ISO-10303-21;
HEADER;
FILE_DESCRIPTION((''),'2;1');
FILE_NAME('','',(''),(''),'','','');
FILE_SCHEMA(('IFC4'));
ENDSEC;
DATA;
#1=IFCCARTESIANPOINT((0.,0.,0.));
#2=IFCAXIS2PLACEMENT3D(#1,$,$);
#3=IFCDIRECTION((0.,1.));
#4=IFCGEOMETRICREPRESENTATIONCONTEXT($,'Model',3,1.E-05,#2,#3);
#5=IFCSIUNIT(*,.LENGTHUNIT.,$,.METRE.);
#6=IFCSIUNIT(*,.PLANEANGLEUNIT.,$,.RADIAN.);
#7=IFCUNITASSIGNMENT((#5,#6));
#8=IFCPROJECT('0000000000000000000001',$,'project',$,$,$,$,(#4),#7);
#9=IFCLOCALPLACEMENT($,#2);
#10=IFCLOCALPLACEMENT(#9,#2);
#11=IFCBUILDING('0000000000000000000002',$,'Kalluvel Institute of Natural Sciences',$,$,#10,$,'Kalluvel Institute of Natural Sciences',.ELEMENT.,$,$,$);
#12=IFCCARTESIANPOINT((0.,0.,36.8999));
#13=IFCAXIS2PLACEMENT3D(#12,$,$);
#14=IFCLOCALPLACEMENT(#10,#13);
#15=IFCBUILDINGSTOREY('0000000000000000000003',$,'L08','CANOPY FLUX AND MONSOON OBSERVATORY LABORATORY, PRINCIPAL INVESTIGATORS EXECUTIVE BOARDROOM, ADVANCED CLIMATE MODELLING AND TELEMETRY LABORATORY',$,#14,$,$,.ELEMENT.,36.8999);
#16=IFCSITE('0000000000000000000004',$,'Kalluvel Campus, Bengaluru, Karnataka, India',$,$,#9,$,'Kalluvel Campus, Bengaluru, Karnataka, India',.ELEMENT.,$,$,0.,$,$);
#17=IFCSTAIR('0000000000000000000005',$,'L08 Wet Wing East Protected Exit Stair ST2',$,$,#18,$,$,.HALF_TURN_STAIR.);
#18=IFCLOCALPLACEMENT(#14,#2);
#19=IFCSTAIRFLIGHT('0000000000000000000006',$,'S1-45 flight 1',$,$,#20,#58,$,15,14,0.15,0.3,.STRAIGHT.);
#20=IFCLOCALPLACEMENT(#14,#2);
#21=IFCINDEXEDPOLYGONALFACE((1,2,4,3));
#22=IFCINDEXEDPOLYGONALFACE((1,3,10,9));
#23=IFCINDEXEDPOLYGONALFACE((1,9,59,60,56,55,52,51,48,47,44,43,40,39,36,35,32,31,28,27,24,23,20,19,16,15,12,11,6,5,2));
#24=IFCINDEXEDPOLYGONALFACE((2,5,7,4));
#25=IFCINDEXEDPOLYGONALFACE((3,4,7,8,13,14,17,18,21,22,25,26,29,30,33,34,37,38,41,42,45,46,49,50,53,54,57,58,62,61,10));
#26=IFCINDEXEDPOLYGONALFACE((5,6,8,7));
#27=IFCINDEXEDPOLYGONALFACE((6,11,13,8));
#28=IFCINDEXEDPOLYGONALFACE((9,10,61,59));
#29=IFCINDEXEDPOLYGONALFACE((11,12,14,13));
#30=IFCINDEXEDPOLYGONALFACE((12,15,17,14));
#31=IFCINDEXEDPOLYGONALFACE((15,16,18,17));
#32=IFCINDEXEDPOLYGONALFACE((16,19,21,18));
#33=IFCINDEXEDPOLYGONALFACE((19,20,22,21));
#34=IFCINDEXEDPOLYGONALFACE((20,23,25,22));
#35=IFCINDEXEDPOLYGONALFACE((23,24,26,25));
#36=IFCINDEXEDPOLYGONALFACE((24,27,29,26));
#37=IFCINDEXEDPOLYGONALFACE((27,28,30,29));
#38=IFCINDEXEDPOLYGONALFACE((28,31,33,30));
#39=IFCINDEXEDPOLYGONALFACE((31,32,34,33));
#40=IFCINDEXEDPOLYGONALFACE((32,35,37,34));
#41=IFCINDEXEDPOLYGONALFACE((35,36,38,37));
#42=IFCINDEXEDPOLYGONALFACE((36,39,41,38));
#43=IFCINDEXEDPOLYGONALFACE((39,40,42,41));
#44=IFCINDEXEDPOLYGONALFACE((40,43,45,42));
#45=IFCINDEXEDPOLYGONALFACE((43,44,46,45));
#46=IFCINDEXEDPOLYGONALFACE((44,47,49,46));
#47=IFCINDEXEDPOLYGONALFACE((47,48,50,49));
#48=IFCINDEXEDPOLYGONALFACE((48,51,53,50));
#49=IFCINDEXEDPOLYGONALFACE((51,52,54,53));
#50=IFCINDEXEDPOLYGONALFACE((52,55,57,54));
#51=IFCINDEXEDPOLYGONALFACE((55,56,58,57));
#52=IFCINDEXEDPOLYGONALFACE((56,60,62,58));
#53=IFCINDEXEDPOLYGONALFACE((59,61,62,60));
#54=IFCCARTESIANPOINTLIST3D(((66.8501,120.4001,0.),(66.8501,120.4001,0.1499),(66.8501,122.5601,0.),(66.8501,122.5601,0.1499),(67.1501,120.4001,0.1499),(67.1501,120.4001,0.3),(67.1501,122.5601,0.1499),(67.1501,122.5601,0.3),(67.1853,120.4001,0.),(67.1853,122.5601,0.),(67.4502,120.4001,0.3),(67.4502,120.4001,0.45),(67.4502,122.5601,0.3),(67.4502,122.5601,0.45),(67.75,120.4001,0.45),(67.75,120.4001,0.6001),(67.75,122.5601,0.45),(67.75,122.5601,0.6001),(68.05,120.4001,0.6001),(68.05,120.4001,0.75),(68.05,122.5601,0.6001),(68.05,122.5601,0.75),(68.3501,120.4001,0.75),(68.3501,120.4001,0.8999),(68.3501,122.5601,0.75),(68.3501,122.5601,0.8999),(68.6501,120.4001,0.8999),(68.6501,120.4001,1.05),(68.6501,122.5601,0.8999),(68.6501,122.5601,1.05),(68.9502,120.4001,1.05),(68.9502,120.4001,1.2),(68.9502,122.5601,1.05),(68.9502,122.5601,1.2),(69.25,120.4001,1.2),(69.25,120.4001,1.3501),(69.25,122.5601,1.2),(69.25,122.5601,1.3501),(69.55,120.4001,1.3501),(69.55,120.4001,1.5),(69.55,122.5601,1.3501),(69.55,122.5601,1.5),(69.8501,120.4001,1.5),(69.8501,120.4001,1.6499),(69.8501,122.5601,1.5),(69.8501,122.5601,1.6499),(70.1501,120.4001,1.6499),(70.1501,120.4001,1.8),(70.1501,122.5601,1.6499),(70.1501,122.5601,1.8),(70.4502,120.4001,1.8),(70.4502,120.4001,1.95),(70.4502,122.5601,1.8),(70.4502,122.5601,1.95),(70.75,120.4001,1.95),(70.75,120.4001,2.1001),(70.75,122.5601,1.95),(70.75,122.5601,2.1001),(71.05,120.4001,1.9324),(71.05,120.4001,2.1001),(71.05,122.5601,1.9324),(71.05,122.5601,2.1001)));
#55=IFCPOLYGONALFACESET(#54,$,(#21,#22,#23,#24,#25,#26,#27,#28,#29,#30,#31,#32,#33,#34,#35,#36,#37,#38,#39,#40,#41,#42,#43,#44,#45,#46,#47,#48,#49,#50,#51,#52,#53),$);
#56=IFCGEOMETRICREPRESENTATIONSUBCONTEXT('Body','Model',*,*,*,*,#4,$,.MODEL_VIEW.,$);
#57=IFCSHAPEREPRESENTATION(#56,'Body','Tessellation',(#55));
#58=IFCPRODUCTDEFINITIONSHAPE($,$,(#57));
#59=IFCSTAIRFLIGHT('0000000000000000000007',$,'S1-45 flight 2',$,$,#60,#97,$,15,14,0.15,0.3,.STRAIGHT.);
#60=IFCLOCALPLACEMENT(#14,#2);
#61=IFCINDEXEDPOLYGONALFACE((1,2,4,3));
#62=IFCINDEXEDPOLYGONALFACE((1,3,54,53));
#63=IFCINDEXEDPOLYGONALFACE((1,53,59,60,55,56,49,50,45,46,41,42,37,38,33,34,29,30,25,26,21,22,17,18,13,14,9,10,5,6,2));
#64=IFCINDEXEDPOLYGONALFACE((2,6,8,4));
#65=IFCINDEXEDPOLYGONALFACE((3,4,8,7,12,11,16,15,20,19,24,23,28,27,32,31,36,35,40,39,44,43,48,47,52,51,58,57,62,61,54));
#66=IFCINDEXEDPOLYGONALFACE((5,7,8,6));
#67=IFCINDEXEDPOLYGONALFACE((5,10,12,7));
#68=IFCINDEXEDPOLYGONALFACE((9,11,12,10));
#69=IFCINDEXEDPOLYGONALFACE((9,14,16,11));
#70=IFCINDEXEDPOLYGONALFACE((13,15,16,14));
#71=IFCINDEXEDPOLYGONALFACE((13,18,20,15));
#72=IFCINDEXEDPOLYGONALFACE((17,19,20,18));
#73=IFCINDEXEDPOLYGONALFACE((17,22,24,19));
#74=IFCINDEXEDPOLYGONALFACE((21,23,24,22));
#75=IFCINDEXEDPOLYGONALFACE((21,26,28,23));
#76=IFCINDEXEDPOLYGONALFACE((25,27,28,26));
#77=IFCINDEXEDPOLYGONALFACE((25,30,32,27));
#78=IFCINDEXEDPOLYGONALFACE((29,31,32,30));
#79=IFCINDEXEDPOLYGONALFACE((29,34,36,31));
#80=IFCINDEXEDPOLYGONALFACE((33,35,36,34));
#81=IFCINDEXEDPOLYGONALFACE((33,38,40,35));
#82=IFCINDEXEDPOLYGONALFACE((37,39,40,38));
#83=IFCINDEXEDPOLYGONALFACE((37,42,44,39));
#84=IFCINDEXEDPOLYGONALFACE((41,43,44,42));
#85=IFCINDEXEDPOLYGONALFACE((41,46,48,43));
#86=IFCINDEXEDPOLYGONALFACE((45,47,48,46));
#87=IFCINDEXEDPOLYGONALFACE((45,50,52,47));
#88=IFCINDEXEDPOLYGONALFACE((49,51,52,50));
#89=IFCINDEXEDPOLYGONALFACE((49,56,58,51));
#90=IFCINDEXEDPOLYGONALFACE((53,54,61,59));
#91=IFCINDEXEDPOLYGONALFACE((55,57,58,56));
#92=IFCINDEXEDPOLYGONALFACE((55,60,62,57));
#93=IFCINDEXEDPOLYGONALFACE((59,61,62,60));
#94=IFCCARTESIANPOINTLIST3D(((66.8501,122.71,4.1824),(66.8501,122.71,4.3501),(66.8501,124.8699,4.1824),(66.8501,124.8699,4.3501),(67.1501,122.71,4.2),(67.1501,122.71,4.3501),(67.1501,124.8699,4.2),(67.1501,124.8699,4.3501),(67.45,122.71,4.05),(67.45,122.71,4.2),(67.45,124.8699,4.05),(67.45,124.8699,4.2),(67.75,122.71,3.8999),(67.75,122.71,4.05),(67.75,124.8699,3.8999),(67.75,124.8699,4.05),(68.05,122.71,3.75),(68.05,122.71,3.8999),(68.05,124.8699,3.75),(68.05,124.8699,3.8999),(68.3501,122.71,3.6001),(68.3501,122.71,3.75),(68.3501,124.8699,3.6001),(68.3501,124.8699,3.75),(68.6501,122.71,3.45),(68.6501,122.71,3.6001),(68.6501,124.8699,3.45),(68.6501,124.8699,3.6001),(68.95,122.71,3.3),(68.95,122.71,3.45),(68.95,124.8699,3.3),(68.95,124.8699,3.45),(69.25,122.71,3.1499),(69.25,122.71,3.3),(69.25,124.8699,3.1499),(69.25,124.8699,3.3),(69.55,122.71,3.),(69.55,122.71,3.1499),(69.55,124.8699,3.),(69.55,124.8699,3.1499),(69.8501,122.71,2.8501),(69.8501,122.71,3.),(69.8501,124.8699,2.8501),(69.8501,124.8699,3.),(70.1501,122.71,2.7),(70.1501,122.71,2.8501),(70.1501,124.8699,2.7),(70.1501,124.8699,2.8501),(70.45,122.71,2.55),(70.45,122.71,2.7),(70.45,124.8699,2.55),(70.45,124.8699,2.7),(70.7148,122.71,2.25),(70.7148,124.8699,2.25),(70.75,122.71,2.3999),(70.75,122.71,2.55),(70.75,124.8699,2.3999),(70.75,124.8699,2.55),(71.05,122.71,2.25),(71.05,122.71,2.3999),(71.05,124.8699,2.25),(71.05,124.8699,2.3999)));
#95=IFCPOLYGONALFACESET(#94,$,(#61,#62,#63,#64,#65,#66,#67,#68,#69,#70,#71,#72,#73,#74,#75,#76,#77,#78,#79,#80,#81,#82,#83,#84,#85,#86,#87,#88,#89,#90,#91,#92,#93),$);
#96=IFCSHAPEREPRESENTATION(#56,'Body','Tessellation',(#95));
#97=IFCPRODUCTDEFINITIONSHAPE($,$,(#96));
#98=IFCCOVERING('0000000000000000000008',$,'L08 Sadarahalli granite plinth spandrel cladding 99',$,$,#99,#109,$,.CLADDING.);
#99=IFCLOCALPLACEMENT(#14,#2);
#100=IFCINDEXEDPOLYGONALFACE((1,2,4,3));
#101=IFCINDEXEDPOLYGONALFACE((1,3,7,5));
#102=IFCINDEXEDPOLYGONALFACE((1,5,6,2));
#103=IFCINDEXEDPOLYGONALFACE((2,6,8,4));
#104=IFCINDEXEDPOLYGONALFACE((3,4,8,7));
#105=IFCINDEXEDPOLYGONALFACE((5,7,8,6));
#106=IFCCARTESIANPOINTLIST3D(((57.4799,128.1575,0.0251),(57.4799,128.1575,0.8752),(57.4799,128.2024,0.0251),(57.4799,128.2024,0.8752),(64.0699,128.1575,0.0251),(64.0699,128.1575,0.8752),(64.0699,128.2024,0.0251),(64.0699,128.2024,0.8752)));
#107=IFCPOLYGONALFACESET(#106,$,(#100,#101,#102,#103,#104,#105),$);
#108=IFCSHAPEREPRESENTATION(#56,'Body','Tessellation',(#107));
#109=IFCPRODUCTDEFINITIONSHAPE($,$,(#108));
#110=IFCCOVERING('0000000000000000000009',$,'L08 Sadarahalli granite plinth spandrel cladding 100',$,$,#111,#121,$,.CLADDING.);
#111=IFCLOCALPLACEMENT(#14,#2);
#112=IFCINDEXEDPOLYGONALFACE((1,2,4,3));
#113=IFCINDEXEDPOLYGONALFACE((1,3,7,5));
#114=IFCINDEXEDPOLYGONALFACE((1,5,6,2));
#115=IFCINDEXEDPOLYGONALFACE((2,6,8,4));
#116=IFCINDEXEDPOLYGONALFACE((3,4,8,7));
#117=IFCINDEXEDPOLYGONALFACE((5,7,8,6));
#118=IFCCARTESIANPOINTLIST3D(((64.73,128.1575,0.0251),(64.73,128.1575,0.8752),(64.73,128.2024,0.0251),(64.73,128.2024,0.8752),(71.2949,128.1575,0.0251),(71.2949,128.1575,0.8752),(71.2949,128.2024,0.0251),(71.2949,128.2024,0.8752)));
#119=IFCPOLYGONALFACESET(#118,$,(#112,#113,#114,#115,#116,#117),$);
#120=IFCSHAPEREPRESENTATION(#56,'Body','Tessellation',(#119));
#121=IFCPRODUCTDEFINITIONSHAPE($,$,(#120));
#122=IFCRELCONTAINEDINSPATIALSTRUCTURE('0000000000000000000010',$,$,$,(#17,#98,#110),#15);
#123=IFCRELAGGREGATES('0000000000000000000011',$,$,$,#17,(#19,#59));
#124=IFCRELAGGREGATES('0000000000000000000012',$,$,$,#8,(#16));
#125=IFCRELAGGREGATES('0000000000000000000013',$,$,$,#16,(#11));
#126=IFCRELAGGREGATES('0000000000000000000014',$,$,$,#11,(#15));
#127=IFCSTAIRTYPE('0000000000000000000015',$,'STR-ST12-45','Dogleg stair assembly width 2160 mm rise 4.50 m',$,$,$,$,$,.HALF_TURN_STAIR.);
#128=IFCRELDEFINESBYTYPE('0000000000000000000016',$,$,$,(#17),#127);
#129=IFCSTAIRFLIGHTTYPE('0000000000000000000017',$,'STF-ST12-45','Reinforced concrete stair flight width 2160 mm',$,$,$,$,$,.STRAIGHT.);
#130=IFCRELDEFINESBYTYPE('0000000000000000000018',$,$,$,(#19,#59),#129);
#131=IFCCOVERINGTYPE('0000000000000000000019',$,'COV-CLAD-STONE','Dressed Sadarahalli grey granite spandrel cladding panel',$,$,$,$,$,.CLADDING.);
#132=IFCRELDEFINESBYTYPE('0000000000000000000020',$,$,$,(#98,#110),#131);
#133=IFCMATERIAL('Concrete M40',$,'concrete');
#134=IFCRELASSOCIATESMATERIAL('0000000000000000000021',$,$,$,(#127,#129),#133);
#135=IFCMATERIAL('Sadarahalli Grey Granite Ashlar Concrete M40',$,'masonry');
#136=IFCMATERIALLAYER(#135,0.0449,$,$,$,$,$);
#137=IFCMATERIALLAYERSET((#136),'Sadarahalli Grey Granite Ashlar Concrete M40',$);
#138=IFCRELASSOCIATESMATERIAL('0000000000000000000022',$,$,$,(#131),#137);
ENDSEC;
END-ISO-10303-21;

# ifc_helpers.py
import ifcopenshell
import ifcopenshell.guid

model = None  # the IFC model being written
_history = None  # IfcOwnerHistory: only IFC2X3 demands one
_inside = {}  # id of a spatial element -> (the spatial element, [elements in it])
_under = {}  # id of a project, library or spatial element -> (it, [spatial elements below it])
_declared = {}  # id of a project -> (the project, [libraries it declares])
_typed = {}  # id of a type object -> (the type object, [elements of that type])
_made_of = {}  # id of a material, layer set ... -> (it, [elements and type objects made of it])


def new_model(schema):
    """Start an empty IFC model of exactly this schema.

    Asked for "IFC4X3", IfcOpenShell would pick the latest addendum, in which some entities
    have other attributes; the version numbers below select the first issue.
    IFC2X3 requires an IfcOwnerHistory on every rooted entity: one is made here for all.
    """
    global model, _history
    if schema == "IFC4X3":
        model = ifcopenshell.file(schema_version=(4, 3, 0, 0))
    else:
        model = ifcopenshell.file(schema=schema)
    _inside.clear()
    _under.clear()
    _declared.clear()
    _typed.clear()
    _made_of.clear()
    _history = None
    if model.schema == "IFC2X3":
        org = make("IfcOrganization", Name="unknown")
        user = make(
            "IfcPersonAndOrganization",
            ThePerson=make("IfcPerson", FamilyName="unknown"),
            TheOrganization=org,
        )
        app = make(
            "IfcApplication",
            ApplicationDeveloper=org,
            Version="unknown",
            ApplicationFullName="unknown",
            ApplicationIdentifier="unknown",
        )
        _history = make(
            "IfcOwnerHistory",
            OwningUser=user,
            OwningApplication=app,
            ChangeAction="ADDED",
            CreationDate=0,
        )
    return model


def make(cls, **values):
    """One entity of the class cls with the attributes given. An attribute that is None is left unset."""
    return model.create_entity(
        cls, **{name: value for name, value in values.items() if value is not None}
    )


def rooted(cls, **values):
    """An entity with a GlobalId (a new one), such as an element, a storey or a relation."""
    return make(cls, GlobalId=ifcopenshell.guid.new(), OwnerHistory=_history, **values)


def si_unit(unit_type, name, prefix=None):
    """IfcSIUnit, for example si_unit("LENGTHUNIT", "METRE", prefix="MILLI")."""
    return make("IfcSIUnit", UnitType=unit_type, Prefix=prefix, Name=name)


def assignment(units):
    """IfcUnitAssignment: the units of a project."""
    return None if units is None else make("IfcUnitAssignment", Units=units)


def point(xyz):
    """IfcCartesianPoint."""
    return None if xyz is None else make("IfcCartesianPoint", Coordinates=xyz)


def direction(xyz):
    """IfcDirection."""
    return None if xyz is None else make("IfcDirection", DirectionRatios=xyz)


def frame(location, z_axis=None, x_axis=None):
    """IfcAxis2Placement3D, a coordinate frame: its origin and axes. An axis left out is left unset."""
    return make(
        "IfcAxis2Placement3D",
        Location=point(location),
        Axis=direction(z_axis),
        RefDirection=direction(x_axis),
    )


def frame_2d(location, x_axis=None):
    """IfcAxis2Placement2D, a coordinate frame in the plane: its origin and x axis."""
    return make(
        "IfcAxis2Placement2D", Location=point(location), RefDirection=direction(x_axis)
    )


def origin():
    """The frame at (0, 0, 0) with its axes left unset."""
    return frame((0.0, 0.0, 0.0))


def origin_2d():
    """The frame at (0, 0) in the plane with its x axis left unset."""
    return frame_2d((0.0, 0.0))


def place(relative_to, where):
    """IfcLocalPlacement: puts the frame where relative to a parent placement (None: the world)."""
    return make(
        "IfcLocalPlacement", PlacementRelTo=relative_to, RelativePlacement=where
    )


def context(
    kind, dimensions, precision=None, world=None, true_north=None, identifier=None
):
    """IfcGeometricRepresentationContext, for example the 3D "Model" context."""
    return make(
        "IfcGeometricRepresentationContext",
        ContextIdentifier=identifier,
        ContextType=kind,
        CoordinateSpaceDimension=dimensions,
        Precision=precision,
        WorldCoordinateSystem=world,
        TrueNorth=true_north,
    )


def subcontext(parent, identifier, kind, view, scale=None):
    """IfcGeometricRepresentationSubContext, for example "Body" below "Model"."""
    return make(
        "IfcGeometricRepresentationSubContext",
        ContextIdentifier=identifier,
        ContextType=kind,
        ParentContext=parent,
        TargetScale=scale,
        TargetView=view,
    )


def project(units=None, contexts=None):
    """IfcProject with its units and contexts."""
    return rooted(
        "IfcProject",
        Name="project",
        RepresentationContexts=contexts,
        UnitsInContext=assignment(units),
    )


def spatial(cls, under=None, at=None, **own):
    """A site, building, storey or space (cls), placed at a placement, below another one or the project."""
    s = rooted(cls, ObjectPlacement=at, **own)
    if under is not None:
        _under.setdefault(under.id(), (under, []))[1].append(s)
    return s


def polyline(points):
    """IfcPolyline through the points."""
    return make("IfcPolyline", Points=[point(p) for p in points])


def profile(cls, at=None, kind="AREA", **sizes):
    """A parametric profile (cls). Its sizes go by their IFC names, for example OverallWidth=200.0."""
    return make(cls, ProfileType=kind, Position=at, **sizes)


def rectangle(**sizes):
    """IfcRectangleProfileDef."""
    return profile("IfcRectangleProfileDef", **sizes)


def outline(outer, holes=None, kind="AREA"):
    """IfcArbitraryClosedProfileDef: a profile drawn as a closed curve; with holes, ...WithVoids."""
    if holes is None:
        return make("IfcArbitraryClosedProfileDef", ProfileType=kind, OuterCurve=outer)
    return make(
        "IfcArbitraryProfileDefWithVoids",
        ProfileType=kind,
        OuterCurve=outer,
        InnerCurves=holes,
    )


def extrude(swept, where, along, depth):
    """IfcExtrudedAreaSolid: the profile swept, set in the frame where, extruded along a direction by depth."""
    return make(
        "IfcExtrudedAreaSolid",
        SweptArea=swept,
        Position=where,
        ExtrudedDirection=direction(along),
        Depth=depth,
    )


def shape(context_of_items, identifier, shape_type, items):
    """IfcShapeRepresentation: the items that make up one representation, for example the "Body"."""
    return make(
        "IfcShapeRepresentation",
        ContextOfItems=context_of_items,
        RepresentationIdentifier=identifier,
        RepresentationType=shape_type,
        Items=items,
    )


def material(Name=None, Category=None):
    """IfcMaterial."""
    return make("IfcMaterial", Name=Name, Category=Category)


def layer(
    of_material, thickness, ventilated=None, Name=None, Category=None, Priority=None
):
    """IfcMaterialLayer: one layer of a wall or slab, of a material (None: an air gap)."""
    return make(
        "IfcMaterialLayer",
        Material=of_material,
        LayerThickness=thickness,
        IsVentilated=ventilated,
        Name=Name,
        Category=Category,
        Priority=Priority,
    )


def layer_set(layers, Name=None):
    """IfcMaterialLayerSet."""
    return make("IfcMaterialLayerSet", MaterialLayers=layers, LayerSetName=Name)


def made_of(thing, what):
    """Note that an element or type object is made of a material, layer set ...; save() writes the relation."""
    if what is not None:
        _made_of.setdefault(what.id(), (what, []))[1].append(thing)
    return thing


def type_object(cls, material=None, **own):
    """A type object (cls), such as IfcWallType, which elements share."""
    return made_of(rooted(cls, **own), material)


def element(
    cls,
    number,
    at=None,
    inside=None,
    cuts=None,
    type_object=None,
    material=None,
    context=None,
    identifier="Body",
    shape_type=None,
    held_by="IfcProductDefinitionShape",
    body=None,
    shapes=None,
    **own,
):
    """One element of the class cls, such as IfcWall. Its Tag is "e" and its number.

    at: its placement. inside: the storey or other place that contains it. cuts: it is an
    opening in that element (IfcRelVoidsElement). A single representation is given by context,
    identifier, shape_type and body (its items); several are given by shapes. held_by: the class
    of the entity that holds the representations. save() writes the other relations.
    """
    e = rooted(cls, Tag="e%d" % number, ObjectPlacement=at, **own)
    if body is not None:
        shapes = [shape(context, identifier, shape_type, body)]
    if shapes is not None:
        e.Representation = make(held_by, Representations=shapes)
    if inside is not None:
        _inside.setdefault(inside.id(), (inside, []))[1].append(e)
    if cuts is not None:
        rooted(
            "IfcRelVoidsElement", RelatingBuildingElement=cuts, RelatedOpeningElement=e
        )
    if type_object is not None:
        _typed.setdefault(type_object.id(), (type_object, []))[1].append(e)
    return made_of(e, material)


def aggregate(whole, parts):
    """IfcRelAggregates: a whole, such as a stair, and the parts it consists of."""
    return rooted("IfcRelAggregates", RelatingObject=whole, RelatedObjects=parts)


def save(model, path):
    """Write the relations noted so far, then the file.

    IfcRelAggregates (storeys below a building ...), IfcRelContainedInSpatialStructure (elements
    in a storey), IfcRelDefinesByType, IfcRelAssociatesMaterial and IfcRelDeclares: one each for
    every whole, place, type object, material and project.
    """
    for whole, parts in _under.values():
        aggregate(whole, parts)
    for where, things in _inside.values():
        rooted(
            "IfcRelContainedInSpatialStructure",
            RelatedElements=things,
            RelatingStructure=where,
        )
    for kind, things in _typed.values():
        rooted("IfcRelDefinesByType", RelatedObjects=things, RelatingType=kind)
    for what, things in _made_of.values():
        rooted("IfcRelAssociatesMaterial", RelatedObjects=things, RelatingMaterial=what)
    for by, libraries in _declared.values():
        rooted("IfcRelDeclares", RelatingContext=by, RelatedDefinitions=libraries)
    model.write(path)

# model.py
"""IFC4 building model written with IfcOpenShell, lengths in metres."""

from ifc_helpers import new_model, si_unit, direction, frame, origin, origin_2d, place, context, subcontext, project, spatial, polyline, rectangle, outline, extrude, material, layer, layer_set, type_object, element, aggregate, save


model = new_model("IFC4")

# Units and contexts
model_context = context("Model", 3, precision=1e-05, world=origin(), true_north=direction((0.0, 1.0)))
body_context = subcontext(model_context, "Body", "Model", "MODEL_VIEW")
ifc_project = project(units=[si_unit("LENGTHUNIT", "METRE"), si_unit("PLANEANGLEUNIT", "RADIAN")], contexts=[model_context])

# Site, building, storey
site_placement = place(None, origin())
site = spatial("IfcSite", under=ifc_project, at=site_placement, Name="Kalluvel Campus, Bengaluru, Karnataka, India", LongName="Kalluvel Campus, Bengaluru, Karnataka, India", CompositionType="ELEMENT", RefElevation=0.0)
building_placement = place(site_placement, origin())
building = spatial("IfcBuilding", under=site, at=building_placement, Name="Kalluvel Institute of Natural Sciences", LongName="Kalluvel Institute of Natural Sciences", CompositionType="ELEMENT")
storey_placement = place(building_placement, frame((0.0, 0.0, 36.8999)))
storey = spatial("IfcBuildingStorey", under=building, at=storey_placement, Name="L08", Description="CANOPY FLUX AND MONSOON OBSERVATORY LABORATORY, PRINCIPAL INVESTIGATORS EXECUTIVE BOARDROOM, ADVANCED CLIMATE MODELLING AND TELEMETRY LABORATORY", CompositionType="ELEMENT", Elevation=36.8999)

# Shared definitions
ifc_material_1 = material(Name="Concrete M40", Category="concrete")

# Shared definitions
ifc_material_2 = material(Name="Sadarahalli Grey Granite Ashlar Concrete M40", Category="masonry")

# Stair, stair flights
stair_type = type_object("IfcStairType", Name="STR-ST12-45", Description="Dogleg stair assembly width 2160 mm rise 4.50 m", PredefinedType="HALF_TURN_STAIR", material=ifc_material_1)
stair_placement = place(storey_placement, origin())
stair = element("IfcStair", 1, at=stair_placement, inside=storey, type_object=stair_type, Name="L08 Wet Wing East Protected Exit Stair ST2", PredefinedType="HALF_TURN_STAIR")
stair_flight_type = type_object("IfcStairFlightType", Name="STF-ST12-45", Description="Reinforced concrete stair flight width 2160 mm", PredefinedType="STRAIGHT", material=ifc_material_1)
stair_flight_1_placement = place(storey_placement, frame((66.8501, 121.48, 0.0), z_axis=(0.0, 0.0, 1.0), x_axis=(1.0, 0.0, 0.0)))
stair_flight_1 = element("IfcStairFlight", 2, at=stair_flight_1_placement, type_object=stair_flight_type, Name="S1-45 flight 1", NumberOfRisers=15, NumberOfTreads=14, PredefinedType="STRAIGHT", RiserHeight=0.15, TreadLength=0.3, context=body_context, shape_type="SweptSolid", body=[
    extrude(outline(polyline([(0.0, 0.0), (0.0, 0.1499), (0.3, 0.1499), (0.3, 0.3), (0.6001, 0.3), (0.6001, 0.45), (0.8999, 0.45), (0.8999, 0.6001), (1.2, 0.6001), (1.2, 0.75), (1.5, 0.75), (1.5, 0.8999), (1.8, 0.8999), (1.8, 1.05), (2.1001, 1.05), (2.1001, 1.2), (2.3999, 1.2), (2.3999, 1.3501), (2.7, 1.3501), (2.7, 1.5), (3.0, 1.5), (3.0, 1.6499), (3.3, 1.6499), (3.3, 1.8), (3.6001, 1.8), (3.6001, 1.95), (3.8999, 1.95), (3.8999, 2.1001), (4.2, 2.1001), (4.2, 2.25), (4.2, 1.9324), (0.3352, 0.0), (0.0, 0.0)])), frame((0.0, 1.0801, 0.0), z_axis=(0.0, -1.0, 0.0), x_axis=(1.0, 0.0, 0.0)), (0.0, 0.0, 1.0), 2.1599),
])
stair_flight_2_placement = place(storey_placement, frame((71.05, 123.79, 2.25), z_axis=(0.0, 0.0, 1.0), x_axis=(-1.0, 0.0, 0.0)))
stair_flight_2 = element("IfcStairFlight", 3, at=stair_flight_2_placement, type_object=stair_flight_type, Name="S1-45 flight 2", NumberOfRisers=15, NumberOfTreads=14, PredefinedType="STRAIGHT", RiserHeight=0.15, TreadLength=0.3, context=body_context, shape_type="SweptSolid", body=[
    extrude(outline(polyline([(0.0, 0.0), (0.0, 0.1499), (0.3, 0.1499), (0.3, 0.3), (0.6001, 0.3), (0.6001, 0.45), (0.8999, 0.45), (0.8999, 0.6001), (1.2, 0.6001), (1.2, 0.75), (1.5, 0.75), (1.5, 0.8999), (1.8, 0.8999), (1.8, 1.05), (2.1001, 1.05), (2.1001, 1.2), (2.3999, 1.2), (2.3999, 1.3501), (2.7, 1.3501), (2.7, 1.5), (3.0, 1.5), (3.0, 1.6499), (3.3, 1.6499), (3.3, 1.8), (3.6001, 1.8), (3.6001, 1.95), (3.8999, 1.95), (3.8999, 2.1001), (4.2, 2.1001), (4.2, 2.25), (4.2, 1.9324), (0.3352, 0.0), (0.0, 0.0)])), frame((0.0, 1.0801, 0.0), z_axis=(0.0, -1.0, 0.0), x_axis=(1.0, 0.0, 0.0)), (0.0, 0.0, 1.0), 2.1599),
])
aggregate(stair, [stair_flight_1, stair_flight_2])

# Coverings
ifc_layer_1 = layer(ifc_material_2, 0.0449)
ifc_layer_set_1 = layer_set([ifc_layer_1], Name="Sadarahalli Grey Granite Ashlar Concrete M40")
covering_type = type_object("IfcCoveringType", Name="COV-CLAD-STONE", Description="Dressed Sadarahalli grey granite spandrel cladding panel", PredefinedType="CLADDING", material=ifc_layer_set_1)
covering_1_placement = place(storey_placement, frame((60.7749, 128.1799, 0.0251), z_axis=(0.0, 0.0, 1.0), x_axis=(1.0, 0.0, 0.0)))
element("IfcCovering", 4, at=covering_1_placement, inside=storey, type_object=covering_type, Name="L08 Sadarahalli granite plinth spandrel cladding 99", PredefinedType="CLADDING", context=body_context, shape_type="SweptSolid", body=[
    extrude(rectangle(XDim=6.5901, YDim=0.0449, at=origin_2d()), origin(), (0.0, 0.0, 1.0), 0.8501),
])
covering_2_placement = place(storey_placement, frame((68.0125, 128.1799, 0.0251), z_axis=(0.0, 0.0, 1.0), x_axis=(1.0, 0.0, 0.0)))
element("IfcCovering", 5, at=covering_2_placement, inside=storey, type_object=covering_type, Name="L08 Sadarahalli granite plinth spandrel cladding 100", PredefinedType="CLADDING", context=body_context, shape_type="SweptSolid", body=[
    extrude(rectangle(XDim=6.5649, YDim=0.0449, at=origin_2d()), origin(), (0.0, 0.0, 1.0), 0.8501),
])

save(model, "model.ifc")
